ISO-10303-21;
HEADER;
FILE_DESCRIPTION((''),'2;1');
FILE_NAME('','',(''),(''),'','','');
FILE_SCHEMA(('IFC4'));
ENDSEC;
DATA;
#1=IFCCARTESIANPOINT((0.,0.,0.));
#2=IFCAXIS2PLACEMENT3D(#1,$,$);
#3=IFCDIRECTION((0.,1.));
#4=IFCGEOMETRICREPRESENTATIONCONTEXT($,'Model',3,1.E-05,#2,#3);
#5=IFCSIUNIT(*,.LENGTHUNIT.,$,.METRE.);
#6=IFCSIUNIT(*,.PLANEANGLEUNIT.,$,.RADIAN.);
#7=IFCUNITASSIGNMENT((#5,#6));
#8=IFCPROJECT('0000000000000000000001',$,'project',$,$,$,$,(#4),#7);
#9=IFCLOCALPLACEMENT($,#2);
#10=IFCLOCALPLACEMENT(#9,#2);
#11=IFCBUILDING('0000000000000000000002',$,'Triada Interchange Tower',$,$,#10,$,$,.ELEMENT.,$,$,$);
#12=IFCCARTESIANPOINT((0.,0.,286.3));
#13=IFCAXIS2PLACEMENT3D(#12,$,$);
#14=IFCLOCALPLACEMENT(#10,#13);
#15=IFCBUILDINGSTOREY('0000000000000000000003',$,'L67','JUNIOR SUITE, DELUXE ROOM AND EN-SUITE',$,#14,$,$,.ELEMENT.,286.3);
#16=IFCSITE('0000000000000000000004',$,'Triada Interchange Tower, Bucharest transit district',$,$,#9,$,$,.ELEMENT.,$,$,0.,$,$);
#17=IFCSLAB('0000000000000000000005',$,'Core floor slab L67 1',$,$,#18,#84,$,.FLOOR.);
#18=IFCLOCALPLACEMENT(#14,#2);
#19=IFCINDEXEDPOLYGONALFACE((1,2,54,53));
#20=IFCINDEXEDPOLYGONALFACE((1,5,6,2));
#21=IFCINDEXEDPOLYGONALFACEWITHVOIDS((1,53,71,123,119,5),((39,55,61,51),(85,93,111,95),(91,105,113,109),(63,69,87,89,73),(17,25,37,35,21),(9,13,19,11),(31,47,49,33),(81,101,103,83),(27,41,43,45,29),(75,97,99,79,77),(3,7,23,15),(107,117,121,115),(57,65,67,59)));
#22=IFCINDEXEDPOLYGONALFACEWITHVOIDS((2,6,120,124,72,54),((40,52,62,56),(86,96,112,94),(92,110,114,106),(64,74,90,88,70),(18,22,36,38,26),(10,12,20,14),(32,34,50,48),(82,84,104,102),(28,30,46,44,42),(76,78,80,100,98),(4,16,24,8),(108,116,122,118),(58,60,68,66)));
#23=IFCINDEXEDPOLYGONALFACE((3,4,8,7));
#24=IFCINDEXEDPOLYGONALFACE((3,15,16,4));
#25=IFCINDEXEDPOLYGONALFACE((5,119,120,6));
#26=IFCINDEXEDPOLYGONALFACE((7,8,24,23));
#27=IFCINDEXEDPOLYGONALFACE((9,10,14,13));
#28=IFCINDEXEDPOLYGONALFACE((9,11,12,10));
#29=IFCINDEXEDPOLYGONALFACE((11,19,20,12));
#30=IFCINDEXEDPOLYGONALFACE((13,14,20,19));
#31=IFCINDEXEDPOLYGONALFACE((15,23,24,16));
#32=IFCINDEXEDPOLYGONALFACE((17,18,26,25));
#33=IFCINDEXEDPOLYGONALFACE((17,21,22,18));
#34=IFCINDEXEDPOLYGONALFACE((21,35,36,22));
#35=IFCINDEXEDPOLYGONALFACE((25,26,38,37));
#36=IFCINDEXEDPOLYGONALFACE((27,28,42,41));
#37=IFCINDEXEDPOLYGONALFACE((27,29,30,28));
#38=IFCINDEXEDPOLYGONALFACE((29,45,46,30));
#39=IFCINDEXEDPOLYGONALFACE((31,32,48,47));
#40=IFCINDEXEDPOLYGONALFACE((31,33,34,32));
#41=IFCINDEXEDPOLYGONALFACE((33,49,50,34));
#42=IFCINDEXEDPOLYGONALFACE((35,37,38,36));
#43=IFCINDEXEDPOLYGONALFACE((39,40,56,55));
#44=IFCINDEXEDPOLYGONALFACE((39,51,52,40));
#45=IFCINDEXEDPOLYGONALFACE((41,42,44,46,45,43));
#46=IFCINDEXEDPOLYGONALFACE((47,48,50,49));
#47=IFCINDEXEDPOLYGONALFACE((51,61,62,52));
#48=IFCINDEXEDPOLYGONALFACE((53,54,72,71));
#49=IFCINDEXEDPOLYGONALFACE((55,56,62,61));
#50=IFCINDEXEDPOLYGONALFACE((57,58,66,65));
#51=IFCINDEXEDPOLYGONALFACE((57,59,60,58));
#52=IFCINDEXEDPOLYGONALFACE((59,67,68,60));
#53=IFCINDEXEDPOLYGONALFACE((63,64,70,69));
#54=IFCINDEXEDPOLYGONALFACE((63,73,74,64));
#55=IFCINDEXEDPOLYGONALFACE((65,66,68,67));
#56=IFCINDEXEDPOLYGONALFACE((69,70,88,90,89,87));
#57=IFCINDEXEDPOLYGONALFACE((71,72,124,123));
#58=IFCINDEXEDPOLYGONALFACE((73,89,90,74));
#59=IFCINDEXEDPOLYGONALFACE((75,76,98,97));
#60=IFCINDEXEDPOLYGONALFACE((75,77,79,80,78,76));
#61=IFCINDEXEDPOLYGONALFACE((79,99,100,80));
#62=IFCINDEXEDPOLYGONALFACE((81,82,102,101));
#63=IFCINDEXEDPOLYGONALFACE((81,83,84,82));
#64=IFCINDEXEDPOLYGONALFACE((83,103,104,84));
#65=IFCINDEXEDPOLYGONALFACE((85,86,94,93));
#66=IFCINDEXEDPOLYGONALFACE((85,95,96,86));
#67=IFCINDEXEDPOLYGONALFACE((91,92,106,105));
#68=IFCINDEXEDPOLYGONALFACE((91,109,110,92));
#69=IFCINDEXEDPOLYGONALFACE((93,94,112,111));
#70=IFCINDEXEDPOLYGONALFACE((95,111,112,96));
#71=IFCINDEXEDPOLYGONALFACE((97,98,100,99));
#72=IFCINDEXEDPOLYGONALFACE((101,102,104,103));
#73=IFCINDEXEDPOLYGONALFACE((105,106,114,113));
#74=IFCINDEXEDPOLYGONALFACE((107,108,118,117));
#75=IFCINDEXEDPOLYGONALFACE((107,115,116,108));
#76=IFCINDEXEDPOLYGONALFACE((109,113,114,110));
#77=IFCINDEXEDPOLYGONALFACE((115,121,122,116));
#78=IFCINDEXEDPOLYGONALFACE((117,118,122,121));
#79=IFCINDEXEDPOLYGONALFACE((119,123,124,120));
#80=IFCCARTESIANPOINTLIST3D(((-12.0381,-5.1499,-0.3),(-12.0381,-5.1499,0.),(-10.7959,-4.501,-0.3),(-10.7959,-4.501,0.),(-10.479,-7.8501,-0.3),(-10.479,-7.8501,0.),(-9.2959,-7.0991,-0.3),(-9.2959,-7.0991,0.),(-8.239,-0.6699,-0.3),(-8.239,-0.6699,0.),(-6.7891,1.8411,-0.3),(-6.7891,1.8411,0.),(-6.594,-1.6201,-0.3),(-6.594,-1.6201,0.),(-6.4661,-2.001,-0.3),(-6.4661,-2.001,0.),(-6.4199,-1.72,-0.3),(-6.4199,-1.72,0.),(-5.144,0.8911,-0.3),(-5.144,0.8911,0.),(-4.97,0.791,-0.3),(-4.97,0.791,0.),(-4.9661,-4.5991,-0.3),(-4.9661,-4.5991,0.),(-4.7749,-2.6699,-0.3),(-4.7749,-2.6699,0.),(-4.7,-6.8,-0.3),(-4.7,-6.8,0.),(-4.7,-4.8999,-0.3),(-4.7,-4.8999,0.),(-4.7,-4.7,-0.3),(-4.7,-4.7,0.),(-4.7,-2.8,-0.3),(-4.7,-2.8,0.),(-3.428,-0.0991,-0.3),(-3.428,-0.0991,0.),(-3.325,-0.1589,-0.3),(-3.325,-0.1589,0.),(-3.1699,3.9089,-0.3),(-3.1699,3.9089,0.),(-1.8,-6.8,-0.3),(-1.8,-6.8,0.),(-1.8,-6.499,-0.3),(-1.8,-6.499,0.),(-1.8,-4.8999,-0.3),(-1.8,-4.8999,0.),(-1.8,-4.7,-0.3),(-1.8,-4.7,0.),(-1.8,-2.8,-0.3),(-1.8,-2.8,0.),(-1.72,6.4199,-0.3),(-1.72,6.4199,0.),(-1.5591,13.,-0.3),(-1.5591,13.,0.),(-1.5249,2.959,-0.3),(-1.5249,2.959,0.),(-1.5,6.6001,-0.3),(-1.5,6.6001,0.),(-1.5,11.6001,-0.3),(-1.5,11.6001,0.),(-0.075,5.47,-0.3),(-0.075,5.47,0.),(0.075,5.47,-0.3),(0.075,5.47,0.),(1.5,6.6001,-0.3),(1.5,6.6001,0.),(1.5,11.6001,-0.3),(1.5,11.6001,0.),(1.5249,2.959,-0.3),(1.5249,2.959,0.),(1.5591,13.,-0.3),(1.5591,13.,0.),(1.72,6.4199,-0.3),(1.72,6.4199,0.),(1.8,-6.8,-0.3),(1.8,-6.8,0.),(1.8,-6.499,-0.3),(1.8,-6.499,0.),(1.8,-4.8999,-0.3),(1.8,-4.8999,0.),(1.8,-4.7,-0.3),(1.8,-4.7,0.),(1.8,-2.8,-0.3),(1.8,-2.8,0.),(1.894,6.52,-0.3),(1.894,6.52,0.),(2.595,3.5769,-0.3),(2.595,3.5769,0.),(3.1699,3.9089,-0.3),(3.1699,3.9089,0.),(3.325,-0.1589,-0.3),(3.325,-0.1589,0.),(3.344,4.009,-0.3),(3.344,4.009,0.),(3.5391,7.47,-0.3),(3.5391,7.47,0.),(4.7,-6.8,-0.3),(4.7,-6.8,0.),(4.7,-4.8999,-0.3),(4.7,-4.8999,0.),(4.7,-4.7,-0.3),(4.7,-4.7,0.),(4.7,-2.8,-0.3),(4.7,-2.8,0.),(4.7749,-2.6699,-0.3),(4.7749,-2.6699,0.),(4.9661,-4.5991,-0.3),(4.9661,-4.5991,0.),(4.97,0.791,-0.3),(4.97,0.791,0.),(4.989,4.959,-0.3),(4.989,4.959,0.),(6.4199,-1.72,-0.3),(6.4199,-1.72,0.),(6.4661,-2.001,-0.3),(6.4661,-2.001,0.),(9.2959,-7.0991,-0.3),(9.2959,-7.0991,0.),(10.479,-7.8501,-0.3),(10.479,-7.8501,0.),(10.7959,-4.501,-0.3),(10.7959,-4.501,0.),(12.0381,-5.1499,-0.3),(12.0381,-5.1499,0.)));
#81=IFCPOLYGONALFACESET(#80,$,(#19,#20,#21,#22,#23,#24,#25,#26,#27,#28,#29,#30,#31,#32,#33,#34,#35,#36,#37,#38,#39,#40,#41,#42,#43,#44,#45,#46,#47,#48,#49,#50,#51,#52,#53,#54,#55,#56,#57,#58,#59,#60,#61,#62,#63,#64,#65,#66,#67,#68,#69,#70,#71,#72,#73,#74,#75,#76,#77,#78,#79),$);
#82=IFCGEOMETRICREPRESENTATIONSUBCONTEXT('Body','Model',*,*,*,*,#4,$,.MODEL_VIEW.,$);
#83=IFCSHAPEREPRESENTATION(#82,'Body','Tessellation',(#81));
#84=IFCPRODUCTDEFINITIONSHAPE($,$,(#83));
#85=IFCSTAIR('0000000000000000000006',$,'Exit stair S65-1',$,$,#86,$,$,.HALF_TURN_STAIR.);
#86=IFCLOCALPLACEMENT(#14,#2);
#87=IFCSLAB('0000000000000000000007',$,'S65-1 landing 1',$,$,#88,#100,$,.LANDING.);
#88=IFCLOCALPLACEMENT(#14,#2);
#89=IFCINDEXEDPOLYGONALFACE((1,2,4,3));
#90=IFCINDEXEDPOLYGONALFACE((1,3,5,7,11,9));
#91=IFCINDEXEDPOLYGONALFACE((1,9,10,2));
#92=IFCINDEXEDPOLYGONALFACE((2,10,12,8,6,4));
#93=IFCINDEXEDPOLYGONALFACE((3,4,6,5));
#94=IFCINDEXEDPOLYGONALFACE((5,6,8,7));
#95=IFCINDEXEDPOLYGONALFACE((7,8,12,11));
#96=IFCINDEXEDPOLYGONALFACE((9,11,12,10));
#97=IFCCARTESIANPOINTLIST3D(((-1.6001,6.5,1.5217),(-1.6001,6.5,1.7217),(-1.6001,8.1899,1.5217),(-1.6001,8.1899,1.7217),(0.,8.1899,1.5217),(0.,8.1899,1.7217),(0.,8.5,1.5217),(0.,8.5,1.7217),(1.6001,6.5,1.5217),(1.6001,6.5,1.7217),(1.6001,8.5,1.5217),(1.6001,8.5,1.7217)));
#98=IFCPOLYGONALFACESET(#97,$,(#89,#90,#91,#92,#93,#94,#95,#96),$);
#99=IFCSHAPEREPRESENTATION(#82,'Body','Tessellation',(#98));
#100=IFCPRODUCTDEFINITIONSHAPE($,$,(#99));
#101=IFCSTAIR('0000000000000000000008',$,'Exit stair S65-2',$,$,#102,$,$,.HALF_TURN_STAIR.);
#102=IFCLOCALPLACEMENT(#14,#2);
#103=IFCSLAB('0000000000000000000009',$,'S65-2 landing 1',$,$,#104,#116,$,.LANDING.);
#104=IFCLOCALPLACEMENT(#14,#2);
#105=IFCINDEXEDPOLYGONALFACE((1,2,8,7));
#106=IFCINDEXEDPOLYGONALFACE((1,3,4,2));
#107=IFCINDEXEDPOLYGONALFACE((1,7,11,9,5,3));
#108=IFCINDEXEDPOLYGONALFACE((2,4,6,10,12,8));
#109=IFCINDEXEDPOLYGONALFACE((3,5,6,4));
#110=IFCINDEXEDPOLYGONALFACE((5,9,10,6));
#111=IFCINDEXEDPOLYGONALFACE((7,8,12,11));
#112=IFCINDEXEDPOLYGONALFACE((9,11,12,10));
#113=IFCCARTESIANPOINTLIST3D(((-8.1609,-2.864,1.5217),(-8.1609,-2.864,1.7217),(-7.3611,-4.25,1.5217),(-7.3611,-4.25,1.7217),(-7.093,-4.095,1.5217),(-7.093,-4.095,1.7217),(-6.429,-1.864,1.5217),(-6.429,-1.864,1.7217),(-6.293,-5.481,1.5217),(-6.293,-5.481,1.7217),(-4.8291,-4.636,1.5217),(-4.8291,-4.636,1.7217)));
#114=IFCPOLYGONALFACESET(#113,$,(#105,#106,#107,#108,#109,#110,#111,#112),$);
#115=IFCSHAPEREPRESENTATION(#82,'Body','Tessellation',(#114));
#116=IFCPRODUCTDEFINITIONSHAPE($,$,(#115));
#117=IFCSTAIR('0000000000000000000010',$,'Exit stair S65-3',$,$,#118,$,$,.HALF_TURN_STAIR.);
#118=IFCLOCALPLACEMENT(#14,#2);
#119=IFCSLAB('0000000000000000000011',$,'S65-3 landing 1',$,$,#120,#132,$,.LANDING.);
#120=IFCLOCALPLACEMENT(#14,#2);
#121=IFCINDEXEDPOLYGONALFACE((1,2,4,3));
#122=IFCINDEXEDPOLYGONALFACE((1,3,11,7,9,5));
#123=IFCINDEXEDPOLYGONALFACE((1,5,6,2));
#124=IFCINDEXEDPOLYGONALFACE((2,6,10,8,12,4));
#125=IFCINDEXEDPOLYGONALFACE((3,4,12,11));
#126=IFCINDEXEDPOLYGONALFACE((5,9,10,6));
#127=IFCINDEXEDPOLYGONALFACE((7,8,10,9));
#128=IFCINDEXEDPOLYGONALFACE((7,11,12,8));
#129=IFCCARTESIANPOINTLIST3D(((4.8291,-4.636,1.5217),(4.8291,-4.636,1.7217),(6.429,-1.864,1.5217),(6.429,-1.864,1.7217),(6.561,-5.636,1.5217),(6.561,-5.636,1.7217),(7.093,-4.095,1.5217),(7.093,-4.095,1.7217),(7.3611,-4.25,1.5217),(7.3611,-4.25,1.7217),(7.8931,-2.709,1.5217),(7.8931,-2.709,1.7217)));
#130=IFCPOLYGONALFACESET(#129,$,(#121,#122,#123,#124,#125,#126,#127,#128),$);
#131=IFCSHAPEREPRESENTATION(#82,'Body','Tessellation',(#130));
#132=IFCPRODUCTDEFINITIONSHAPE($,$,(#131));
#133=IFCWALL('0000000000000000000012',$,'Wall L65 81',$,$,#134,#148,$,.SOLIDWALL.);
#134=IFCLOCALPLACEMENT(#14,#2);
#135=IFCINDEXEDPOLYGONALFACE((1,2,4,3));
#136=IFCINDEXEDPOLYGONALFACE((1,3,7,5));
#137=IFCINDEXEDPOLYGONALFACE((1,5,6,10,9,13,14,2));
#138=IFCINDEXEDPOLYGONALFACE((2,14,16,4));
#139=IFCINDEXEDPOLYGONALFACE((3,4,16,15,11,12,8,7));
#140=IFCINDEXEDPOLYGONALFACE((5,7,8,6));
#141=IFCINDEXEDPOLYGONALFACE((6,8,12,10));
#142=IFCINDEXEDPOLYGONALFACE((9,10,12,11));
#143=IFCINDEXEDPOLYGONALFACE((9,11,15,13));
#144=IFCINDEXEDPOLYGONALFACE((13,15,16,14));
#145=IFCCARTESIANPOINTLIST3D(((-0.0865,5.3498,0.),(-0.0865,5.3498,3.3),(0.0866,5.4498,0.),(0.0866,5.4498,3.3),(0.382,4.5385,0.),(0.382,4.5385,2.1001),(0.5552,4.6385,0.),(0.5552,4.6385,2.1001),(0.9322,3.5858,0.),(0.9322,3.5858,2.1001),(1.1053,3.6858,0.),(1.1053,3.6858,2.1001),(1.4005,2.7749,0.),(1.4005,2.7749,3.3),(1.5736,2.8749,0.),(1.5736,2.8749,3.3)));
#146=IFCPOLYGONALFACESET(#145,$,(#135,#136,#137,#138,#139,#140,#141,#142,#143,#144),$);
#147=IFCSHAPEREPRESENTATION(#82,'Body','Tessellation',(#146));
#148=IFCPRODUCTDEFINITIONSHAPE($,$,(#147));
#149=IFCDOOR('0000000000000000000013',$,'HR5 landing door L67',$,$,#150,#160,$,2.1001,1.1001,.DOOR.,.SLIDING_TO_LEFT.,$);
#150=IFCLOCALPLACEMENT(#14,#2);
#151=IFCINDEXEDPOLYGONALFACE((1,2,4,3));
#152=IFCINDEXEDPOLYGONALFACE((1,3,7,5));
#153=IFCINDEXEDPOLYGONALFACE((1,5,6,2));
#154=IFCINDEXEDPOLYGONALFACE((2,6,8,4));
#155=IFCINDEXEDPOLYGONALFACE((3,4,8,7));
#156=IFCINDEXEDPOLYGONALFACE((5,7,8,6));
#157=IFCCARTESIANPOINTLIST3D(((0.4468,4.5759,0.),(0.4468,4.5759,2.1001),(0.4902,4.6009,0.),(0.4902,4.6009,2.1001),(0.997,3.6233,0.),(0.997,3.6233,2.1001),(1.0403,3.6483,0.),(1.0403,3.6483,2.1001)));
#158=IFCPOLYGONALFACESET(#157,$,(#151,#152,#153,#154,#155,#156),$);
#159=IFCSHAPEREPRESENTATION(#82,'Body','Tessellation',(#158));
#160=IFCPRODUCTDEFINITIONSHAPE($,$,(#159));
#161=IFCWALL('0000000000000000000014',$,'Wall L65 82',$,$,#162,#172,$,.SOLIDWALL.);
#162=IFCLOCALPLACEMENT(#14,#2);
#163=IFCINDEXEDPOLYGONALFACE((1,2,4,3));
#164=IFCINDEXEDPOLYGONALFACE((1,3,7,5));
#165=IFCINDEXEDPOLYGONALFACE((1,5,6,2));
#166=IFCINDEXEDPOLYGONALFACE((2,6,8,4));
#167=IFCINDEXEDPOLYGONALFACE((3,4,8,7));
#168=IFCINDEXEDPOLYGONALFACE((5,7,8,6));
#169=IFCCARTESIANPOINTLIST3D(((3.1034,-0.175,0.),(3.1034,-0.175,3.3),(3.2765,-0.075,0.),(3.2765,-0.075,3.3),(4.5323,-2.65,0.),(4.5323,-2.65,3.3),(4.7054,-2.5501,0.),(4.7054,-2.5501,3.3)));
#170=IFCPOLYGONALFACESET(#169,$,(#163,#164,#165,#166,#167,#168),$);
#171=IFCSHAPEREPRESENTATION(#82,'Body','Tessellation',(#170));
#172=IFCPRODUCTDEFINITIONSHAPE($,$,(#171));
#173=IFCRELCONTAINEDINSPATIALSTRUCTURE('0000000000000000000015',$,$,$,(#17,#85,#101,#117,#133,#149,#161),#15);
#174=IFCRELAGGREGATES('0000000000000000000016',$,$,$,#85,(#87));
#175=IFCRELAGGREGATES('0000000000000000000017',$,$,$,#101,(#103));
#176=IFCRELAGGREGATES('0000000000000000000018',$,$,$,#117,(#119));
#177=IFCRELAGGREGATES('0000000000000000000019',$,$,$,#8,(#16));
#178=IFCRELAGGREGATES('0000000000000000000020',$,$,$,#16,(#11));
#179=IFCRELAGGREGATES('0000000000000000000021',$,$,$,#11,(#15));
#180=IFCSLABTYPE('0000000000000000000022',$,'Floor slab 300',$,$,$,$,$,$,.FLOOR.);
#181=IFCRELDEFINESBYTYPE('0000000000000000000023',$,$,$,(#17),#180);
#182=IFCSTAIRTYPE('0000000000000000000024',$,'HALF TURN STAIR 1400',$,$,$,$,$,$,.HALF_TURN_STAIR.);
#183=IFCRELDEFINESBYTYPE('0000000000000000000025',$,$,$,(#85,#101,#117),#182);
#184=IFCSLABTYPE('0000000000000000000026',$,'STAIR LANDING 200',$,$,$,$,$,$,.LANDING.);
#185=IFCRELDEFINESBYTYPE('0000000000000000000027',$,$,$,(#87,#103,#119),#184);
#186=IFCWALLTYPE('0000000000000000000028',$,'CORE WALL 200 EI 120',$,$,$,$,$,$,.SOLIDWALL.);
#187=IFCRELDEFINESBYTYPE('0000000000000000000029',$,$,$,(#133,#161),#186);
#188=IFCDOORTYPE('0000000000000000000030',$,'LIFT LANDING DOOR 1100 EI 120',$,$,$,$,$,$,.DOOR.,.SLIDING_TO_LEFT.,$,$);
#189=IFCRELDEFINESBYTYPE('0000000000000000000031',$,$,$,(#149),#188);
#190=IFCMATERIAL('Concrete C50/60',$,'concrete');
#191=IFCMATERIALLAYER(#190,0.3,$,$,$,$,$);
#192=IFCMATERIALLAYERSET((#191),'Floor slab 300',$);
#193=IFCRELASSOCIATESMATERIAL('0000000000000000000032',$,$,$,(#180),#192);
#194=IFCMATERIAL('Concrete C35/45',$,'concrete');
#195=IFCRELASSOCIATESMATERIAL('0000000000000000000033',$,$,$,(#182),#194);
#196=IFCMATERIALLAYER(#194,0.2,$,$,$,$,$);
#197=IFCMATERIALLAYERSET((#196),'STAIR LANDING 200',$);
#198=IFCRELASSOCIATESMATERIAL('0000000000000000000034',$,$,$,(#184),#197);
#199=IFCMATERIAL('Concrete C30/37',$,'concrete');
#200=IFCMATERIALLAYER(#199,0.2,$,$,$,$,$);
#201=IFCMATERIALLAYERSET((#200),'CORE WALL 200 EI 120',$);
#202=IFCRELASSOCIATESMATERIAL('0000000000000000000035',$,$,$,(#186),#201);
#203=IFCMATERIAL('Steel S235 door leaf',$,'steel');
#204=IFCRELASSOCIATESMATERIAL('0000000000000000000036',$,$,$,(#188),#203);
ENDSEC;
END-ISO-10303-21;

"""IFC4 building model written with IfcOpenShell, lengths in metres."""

from ifc_helpers import new_model, si_unit, direction, frame, frame_2d, origin, place, context, subcontext, project, spatial, polyline, rectangle, outline, extrude, material, layer, layer_set, type_object, element, fill, aggregate, save


model = new_model("IFC4")

# Units and contexts
model_context = context("Model", 3, precision=1e-05, world=origin(), true_north=direction((0.0, 1.0)))
body_context = subcontext(model_context, "Body", "Model", "MODEL_VIEW")
ifc_project = project(units=[si_unit("LENGTHUNIT", "METRE"), si_unit("PLANEANGLEUNIT", "RADIAN")], contexts=[model_context])

# Site, building, storey
site_placement = place(None, origin())
site = spatial("IfcSite", under=ifc_project, at=site_placement, Name="Triada Interchange Tower, Bucharest transit district", CompositionType="ELEMENT", RefElevation=0.0)
building_placement = place(site_placement, origin())
building = spatial("IfcBuilding", under=site, at=building_placement, Name="Triada Interchange Tower", CompositionType="ELEMENT")
storey_placement = place(building_placement, frame((0.0, 0.0, 286.3)))
storey = spatial("IfcBuildingStorey", under=building, at=storey_placement, Name="L67", Description="JUNIOR SUITE, DELUXE ROOM AND EN-SUITE", CompositionType="ELEMENT", Elevation=286.3)

# Slab
ifc_material_1 = material(Name="Concrete C50/60", Category="concrete")
ifc_layer_1 = layer(ifc_material_1, 0.3)
ifc_layer_set_1 = layer_set([ifc_layer_1], Name="Floor slab 300")
slab_type_1 = type_object("IfcSlabType", Name="Floor slab 300", PredefinedType="FLOOR", material=ifc_layer_set_1)
slab_1_placement = place(storey_placement, frame((0.0, 0.0, -0.3)))
element("IfcSlab", 1, at=slab_1_placement, inside=storey, type_object=slab_type_1, Name="Core floor slab L67 1", PredefinedType="FLOOR", context=body_context, shape_type="SweptSolid", body=[
    extrude(outline(polyline([(12.0381, -5.1499), (10.479, -7.8501), (-10.479, -7.8501), (-12.0381, -5.1499), (-1.5591, 13.0), (1.5591, 13.0), (12.0381, -5.1499)]), holes=[polyline([(9.2959, -7.0991), (10.7959, -4.501), (6.4661, -2.001), (4.9661, -4.5991), (9.2959, -7.0991)]), polyline([(4.97, 0.791), (3.325, -0.1589), (4.7749, -2.6699), (6.4199, -1.72), (4.97, 0.791)]), polyline([(1.894, 6.52), (3.344, 4.009), (4.989, 4.959), (3.5391, 7.47), (1.894, 6.52)]), polyline([(1.8, -4.8999), (1.8, -6.499), (1.8, -6.8), (4.7, -6.8), (4.7, -4.8999), (1.8, -4.8999)]), polyline([(4.7, -2.8), (1.8, -2.8), (1.8, -4.7), (4.7, -4.7), (4.7, -2.8)]), polyline([(1.5249, 2.959), (2.595, 3.5769), (3.1699, 3.9089), (1.72, 6.4199), (0.075, 5.47), (1.5249, 2.959)]), polyline([(-1.5, 11.6001), (-1.5, 6.6001), (1.5, 6.6001), (1.5, 11.6001), (-1.5, 11.6001)]), polyline([(-1.5249, 2.959), (-0.075, 5.47), (-1.72, 6.4199), (-3.1699, 3.9089), (-1.5249, 2.959)]), polyline([(-1.8, -2.8), (-4.7, -2.8), (-4.7, -4.7), (-1.8, -4.7), (-1.8, -2.8)]), polyline([(-4.7, -6.8), (-1.8, -6.8), (-1.8, -6.499), (-1.8, -4.8999), (-4.7, -4.8999), (-4.7, -6.8)]), polyline([(-3.428, -0.0991), (-4.97, 0.791), (-6.4199, -1.72), (-4.7749, -2.6699), (-3.325, -0.1589), (-3.428, -0.0991)]), polyline([(-10.7959, -4.501), (-9.2959, -7.0991), (-4.9661, -4.5991), (-6.4661, -2.001), (-10.7959, -4.501)]), polyline([(-6.594, -1.6201), (-5.144, 0.8911), (-6.7891, 1.8411), (-8.239, -0.6699), (-6.594, -1.6201)])]), origin(), (0.0, 0.0, 1.0), 0.3),
])

# Stairs, slabs
ifc_material_2 = material(Name="Concrete C35/45", Category="concrete")
stair_type = type_object("IfcStairType", Name="HALF TURN STAIR 1400", PredefinedType="HALF_TURN_STAIR", material=ifc_material_2)
stair_1_placement = place(storey_placement, origin())
stair_1 = element("IfcStair", 2, at=stair_1_placement, inside=storey, type_object=stair_type, Name="Exit stair S65-1", PredefinedType="HALF_TURN_STAIR")
ifc_layer_2 = layer(ifc_material_2, 0.2)
ifc_layer_set_2 = layer_set([ifc_layer_2], Name="STAIR LANDING 200")
slab_type_2 = type_object("IfcSlabType", Name="STAIR LANDING 200", PredefinedType="LANDING", material=ifc_layer_set_2)
slab_2_placement = place(storey_placement, frame((0.0, 0.0, 1.5217)))
slab_2 = element("IfcSlab", 3, at=slab_2_placement, type_object=slab_type_2, Name="S65-1 landing 1", PredefinedType="LANDING", context=body_context, shape_type="SweptSolid", body=[
    extrude(outline(polyline([(1.6001, 6.5), (1.6001, 8.5), (0.0, 8.5), (0.0, 8.1899), (-1.6001, 8.1899), (-1.6001, 6.5), (1.6001, 6.5)])), origin(), (0.0, 0.0, 1.0), 0.2),
])
aggregate(stair_1, [slab_2])
stair_2_placement = place(storey_placement, origin())
stair_2 = element("IfcStair", 4, at=stair_2_placement, inside=storey, type_object=stair_type, Name="Exit stair S65-2", PredefinedType="HALF_TURN_STAIR")
slab_3_placement = place(storey_placement, frame((0.0, 0.0, 1.5217)))
slab_3 = element("IfcSlab", 5, at=slab_3_placement, type_object=slab_type_2, Name="S65-2 landing 1", PredefinedType="LANDING", context=body_context, shape_type="SweptSolid", body=[
    extrude(outline(polyline([(-6.429, -1.864), (-8.1609, -2.864), (-7.3611, -4.25), (-7.093, -4.095), (-6.293, -5.481), (-4.8291, -4.636), (-6.429, -1.864)])), origin(), (0.0, 0.0, 1.0), 0.2),
])
aggregate(stair_2, [slab_3])
stair_3_placement = place(storey_placement, origin())
stair_3 = element("IfcStair", 6, at=stair_3_placement, inside=storey, type_object=stair_type, Name="Exit stair S65-3", PredefinedType="HALF_TURN_STAIR")
slab_4_placement = place(storey_placement, frame((0.0, 0.0, 1.5217)))
slab_4 = element("IfcSlab", 7, at=slab_4_placement, type_object=slab_type_2, Name="S65-3 landing 1", PredefinedType="LANDING", context=body_context, shape_type="SweptSolid", body=[
    extrude(outline(polyline([(4.8291, -4.636), (6.561, -5.636), (7.3611, -4.25), (7.093, -4.095), (7.8931, -2.709), (6.429, -1.864), (4.8291, -4.636)])), origin(), (0.0, 0.0, 1.0), 0.2),
])
aggregate(stair_3, [slab_4])

# Wall, opening, door
ifc_material_3 = material(Name="Concrete C30/37", Category="concrete")
ifc_layer_3 = layer(ifc_material_3, 0.2)
ifc_layer_set_3 = layer_set([ifc_layer_3], Name="CORE WALL 200 EI 120")
wall_type_1 = type_object("IfcWallType", Name="CORE WALL 200 EI 120", PredefinedType="SOLIDWALL", material=ifc_layer_set_3)
wall_1_placement = place(storey_placement, frame((0.0, 5.3999, 0.0), z_axis=(0.0, 0.0, 1.0), x_axis=(0.500104, -0.865965, 0.0)))
wall_1 = element("IfcWall", 8, at=wall_1_placement, inside=storey, type_object=wall_type_1, Name="Wall L65 81", PredefinedType="SOLIDWALL", context=body_context, shape_type="SweptSolid", body=[
    extrude(rectangle(XDim=2.9734, YDim=0.2, at=frame_2d((1.4868, 0.0))), origin(), (0.0, 0.0, 1.0), 3.3),
])
opening_1_placement = place(wall_1_placement, frame((0.937, 0.0, 0.0)))
opening_1 = element("IfcOpeningElement", 9, at=opening_1_placement, cuts=wall_1, PredefinedType="OPENING", context=body_context, shape_type="SweptSolid", body=[
    extrude(rectangle(XDim=1.1001, YDim=2.1001, at=frame_2d((0.55, 1.05))), frame((0.0, 0.1099, 0.0), z_axis=(0.0, -1.0, 0.0), x_axis=(1.0, 0.0, 0.0)), (0.0, 0.0, 1.0), 0.22),
])
ifc_material_4 = material(Name="Steel S235 door leaf", Category="steel")
door_type_1 = type_object("IfcDoorType", Name="LIFT LANDING DOOR 1100 EI 120", OperationType="SLIDING_TO_LEFT", PredefinedType="DOOR", material=ifc_material_4)
door_1_placement = place(opening_1_placement, origin())
door_1 = element("IfcDoor", 10, at=door_1_placement, inside=storey, type_object=door_type_1, Name="HR5 landing door L67", OperationType="SLIDING_TO_LEFT", OverallHeight=2.1001, OverallWidth=1.1001, PredefinedType="DOOR", context=body_context, shape_type="SweptSolid", body=[
    extrude(rectangle(XDim=1.1001, YDim=2.1001, at=frame_2d((0.55, 1.05))), frame((0.0, 0.0249, 0.0), z_axis=(0.0, -1.0, 0.0), x_axis=(1.0, 0.0, 0.0)), (0.0, 0.0, 1.0), 0.05),
])
fill(opening_1, door_1)

# Wall
wall_2_placement = place(storey_placement, frame((3.1899, -0.125, 0.0), z_axis=(0.0, 0.0, 1.0), x_axis=(0.499989, -0.866032, 0.0)))
element("IfcWall", 11, at=wall_2_placement, inside=storey, type_object=wall_type_1, Name="Wall L65 82", PredefinedType="SOLIDWALL", context=body_context, shape_type="SweptSolid", body=[
    extrude(rectangle(XDim=2.8579, YDim=0.2, at=frame_2d((1.429, 0.0))), origin(), (0.0, 0.0, 1.0), 3.3),
])

save(model, "model.ifc")
